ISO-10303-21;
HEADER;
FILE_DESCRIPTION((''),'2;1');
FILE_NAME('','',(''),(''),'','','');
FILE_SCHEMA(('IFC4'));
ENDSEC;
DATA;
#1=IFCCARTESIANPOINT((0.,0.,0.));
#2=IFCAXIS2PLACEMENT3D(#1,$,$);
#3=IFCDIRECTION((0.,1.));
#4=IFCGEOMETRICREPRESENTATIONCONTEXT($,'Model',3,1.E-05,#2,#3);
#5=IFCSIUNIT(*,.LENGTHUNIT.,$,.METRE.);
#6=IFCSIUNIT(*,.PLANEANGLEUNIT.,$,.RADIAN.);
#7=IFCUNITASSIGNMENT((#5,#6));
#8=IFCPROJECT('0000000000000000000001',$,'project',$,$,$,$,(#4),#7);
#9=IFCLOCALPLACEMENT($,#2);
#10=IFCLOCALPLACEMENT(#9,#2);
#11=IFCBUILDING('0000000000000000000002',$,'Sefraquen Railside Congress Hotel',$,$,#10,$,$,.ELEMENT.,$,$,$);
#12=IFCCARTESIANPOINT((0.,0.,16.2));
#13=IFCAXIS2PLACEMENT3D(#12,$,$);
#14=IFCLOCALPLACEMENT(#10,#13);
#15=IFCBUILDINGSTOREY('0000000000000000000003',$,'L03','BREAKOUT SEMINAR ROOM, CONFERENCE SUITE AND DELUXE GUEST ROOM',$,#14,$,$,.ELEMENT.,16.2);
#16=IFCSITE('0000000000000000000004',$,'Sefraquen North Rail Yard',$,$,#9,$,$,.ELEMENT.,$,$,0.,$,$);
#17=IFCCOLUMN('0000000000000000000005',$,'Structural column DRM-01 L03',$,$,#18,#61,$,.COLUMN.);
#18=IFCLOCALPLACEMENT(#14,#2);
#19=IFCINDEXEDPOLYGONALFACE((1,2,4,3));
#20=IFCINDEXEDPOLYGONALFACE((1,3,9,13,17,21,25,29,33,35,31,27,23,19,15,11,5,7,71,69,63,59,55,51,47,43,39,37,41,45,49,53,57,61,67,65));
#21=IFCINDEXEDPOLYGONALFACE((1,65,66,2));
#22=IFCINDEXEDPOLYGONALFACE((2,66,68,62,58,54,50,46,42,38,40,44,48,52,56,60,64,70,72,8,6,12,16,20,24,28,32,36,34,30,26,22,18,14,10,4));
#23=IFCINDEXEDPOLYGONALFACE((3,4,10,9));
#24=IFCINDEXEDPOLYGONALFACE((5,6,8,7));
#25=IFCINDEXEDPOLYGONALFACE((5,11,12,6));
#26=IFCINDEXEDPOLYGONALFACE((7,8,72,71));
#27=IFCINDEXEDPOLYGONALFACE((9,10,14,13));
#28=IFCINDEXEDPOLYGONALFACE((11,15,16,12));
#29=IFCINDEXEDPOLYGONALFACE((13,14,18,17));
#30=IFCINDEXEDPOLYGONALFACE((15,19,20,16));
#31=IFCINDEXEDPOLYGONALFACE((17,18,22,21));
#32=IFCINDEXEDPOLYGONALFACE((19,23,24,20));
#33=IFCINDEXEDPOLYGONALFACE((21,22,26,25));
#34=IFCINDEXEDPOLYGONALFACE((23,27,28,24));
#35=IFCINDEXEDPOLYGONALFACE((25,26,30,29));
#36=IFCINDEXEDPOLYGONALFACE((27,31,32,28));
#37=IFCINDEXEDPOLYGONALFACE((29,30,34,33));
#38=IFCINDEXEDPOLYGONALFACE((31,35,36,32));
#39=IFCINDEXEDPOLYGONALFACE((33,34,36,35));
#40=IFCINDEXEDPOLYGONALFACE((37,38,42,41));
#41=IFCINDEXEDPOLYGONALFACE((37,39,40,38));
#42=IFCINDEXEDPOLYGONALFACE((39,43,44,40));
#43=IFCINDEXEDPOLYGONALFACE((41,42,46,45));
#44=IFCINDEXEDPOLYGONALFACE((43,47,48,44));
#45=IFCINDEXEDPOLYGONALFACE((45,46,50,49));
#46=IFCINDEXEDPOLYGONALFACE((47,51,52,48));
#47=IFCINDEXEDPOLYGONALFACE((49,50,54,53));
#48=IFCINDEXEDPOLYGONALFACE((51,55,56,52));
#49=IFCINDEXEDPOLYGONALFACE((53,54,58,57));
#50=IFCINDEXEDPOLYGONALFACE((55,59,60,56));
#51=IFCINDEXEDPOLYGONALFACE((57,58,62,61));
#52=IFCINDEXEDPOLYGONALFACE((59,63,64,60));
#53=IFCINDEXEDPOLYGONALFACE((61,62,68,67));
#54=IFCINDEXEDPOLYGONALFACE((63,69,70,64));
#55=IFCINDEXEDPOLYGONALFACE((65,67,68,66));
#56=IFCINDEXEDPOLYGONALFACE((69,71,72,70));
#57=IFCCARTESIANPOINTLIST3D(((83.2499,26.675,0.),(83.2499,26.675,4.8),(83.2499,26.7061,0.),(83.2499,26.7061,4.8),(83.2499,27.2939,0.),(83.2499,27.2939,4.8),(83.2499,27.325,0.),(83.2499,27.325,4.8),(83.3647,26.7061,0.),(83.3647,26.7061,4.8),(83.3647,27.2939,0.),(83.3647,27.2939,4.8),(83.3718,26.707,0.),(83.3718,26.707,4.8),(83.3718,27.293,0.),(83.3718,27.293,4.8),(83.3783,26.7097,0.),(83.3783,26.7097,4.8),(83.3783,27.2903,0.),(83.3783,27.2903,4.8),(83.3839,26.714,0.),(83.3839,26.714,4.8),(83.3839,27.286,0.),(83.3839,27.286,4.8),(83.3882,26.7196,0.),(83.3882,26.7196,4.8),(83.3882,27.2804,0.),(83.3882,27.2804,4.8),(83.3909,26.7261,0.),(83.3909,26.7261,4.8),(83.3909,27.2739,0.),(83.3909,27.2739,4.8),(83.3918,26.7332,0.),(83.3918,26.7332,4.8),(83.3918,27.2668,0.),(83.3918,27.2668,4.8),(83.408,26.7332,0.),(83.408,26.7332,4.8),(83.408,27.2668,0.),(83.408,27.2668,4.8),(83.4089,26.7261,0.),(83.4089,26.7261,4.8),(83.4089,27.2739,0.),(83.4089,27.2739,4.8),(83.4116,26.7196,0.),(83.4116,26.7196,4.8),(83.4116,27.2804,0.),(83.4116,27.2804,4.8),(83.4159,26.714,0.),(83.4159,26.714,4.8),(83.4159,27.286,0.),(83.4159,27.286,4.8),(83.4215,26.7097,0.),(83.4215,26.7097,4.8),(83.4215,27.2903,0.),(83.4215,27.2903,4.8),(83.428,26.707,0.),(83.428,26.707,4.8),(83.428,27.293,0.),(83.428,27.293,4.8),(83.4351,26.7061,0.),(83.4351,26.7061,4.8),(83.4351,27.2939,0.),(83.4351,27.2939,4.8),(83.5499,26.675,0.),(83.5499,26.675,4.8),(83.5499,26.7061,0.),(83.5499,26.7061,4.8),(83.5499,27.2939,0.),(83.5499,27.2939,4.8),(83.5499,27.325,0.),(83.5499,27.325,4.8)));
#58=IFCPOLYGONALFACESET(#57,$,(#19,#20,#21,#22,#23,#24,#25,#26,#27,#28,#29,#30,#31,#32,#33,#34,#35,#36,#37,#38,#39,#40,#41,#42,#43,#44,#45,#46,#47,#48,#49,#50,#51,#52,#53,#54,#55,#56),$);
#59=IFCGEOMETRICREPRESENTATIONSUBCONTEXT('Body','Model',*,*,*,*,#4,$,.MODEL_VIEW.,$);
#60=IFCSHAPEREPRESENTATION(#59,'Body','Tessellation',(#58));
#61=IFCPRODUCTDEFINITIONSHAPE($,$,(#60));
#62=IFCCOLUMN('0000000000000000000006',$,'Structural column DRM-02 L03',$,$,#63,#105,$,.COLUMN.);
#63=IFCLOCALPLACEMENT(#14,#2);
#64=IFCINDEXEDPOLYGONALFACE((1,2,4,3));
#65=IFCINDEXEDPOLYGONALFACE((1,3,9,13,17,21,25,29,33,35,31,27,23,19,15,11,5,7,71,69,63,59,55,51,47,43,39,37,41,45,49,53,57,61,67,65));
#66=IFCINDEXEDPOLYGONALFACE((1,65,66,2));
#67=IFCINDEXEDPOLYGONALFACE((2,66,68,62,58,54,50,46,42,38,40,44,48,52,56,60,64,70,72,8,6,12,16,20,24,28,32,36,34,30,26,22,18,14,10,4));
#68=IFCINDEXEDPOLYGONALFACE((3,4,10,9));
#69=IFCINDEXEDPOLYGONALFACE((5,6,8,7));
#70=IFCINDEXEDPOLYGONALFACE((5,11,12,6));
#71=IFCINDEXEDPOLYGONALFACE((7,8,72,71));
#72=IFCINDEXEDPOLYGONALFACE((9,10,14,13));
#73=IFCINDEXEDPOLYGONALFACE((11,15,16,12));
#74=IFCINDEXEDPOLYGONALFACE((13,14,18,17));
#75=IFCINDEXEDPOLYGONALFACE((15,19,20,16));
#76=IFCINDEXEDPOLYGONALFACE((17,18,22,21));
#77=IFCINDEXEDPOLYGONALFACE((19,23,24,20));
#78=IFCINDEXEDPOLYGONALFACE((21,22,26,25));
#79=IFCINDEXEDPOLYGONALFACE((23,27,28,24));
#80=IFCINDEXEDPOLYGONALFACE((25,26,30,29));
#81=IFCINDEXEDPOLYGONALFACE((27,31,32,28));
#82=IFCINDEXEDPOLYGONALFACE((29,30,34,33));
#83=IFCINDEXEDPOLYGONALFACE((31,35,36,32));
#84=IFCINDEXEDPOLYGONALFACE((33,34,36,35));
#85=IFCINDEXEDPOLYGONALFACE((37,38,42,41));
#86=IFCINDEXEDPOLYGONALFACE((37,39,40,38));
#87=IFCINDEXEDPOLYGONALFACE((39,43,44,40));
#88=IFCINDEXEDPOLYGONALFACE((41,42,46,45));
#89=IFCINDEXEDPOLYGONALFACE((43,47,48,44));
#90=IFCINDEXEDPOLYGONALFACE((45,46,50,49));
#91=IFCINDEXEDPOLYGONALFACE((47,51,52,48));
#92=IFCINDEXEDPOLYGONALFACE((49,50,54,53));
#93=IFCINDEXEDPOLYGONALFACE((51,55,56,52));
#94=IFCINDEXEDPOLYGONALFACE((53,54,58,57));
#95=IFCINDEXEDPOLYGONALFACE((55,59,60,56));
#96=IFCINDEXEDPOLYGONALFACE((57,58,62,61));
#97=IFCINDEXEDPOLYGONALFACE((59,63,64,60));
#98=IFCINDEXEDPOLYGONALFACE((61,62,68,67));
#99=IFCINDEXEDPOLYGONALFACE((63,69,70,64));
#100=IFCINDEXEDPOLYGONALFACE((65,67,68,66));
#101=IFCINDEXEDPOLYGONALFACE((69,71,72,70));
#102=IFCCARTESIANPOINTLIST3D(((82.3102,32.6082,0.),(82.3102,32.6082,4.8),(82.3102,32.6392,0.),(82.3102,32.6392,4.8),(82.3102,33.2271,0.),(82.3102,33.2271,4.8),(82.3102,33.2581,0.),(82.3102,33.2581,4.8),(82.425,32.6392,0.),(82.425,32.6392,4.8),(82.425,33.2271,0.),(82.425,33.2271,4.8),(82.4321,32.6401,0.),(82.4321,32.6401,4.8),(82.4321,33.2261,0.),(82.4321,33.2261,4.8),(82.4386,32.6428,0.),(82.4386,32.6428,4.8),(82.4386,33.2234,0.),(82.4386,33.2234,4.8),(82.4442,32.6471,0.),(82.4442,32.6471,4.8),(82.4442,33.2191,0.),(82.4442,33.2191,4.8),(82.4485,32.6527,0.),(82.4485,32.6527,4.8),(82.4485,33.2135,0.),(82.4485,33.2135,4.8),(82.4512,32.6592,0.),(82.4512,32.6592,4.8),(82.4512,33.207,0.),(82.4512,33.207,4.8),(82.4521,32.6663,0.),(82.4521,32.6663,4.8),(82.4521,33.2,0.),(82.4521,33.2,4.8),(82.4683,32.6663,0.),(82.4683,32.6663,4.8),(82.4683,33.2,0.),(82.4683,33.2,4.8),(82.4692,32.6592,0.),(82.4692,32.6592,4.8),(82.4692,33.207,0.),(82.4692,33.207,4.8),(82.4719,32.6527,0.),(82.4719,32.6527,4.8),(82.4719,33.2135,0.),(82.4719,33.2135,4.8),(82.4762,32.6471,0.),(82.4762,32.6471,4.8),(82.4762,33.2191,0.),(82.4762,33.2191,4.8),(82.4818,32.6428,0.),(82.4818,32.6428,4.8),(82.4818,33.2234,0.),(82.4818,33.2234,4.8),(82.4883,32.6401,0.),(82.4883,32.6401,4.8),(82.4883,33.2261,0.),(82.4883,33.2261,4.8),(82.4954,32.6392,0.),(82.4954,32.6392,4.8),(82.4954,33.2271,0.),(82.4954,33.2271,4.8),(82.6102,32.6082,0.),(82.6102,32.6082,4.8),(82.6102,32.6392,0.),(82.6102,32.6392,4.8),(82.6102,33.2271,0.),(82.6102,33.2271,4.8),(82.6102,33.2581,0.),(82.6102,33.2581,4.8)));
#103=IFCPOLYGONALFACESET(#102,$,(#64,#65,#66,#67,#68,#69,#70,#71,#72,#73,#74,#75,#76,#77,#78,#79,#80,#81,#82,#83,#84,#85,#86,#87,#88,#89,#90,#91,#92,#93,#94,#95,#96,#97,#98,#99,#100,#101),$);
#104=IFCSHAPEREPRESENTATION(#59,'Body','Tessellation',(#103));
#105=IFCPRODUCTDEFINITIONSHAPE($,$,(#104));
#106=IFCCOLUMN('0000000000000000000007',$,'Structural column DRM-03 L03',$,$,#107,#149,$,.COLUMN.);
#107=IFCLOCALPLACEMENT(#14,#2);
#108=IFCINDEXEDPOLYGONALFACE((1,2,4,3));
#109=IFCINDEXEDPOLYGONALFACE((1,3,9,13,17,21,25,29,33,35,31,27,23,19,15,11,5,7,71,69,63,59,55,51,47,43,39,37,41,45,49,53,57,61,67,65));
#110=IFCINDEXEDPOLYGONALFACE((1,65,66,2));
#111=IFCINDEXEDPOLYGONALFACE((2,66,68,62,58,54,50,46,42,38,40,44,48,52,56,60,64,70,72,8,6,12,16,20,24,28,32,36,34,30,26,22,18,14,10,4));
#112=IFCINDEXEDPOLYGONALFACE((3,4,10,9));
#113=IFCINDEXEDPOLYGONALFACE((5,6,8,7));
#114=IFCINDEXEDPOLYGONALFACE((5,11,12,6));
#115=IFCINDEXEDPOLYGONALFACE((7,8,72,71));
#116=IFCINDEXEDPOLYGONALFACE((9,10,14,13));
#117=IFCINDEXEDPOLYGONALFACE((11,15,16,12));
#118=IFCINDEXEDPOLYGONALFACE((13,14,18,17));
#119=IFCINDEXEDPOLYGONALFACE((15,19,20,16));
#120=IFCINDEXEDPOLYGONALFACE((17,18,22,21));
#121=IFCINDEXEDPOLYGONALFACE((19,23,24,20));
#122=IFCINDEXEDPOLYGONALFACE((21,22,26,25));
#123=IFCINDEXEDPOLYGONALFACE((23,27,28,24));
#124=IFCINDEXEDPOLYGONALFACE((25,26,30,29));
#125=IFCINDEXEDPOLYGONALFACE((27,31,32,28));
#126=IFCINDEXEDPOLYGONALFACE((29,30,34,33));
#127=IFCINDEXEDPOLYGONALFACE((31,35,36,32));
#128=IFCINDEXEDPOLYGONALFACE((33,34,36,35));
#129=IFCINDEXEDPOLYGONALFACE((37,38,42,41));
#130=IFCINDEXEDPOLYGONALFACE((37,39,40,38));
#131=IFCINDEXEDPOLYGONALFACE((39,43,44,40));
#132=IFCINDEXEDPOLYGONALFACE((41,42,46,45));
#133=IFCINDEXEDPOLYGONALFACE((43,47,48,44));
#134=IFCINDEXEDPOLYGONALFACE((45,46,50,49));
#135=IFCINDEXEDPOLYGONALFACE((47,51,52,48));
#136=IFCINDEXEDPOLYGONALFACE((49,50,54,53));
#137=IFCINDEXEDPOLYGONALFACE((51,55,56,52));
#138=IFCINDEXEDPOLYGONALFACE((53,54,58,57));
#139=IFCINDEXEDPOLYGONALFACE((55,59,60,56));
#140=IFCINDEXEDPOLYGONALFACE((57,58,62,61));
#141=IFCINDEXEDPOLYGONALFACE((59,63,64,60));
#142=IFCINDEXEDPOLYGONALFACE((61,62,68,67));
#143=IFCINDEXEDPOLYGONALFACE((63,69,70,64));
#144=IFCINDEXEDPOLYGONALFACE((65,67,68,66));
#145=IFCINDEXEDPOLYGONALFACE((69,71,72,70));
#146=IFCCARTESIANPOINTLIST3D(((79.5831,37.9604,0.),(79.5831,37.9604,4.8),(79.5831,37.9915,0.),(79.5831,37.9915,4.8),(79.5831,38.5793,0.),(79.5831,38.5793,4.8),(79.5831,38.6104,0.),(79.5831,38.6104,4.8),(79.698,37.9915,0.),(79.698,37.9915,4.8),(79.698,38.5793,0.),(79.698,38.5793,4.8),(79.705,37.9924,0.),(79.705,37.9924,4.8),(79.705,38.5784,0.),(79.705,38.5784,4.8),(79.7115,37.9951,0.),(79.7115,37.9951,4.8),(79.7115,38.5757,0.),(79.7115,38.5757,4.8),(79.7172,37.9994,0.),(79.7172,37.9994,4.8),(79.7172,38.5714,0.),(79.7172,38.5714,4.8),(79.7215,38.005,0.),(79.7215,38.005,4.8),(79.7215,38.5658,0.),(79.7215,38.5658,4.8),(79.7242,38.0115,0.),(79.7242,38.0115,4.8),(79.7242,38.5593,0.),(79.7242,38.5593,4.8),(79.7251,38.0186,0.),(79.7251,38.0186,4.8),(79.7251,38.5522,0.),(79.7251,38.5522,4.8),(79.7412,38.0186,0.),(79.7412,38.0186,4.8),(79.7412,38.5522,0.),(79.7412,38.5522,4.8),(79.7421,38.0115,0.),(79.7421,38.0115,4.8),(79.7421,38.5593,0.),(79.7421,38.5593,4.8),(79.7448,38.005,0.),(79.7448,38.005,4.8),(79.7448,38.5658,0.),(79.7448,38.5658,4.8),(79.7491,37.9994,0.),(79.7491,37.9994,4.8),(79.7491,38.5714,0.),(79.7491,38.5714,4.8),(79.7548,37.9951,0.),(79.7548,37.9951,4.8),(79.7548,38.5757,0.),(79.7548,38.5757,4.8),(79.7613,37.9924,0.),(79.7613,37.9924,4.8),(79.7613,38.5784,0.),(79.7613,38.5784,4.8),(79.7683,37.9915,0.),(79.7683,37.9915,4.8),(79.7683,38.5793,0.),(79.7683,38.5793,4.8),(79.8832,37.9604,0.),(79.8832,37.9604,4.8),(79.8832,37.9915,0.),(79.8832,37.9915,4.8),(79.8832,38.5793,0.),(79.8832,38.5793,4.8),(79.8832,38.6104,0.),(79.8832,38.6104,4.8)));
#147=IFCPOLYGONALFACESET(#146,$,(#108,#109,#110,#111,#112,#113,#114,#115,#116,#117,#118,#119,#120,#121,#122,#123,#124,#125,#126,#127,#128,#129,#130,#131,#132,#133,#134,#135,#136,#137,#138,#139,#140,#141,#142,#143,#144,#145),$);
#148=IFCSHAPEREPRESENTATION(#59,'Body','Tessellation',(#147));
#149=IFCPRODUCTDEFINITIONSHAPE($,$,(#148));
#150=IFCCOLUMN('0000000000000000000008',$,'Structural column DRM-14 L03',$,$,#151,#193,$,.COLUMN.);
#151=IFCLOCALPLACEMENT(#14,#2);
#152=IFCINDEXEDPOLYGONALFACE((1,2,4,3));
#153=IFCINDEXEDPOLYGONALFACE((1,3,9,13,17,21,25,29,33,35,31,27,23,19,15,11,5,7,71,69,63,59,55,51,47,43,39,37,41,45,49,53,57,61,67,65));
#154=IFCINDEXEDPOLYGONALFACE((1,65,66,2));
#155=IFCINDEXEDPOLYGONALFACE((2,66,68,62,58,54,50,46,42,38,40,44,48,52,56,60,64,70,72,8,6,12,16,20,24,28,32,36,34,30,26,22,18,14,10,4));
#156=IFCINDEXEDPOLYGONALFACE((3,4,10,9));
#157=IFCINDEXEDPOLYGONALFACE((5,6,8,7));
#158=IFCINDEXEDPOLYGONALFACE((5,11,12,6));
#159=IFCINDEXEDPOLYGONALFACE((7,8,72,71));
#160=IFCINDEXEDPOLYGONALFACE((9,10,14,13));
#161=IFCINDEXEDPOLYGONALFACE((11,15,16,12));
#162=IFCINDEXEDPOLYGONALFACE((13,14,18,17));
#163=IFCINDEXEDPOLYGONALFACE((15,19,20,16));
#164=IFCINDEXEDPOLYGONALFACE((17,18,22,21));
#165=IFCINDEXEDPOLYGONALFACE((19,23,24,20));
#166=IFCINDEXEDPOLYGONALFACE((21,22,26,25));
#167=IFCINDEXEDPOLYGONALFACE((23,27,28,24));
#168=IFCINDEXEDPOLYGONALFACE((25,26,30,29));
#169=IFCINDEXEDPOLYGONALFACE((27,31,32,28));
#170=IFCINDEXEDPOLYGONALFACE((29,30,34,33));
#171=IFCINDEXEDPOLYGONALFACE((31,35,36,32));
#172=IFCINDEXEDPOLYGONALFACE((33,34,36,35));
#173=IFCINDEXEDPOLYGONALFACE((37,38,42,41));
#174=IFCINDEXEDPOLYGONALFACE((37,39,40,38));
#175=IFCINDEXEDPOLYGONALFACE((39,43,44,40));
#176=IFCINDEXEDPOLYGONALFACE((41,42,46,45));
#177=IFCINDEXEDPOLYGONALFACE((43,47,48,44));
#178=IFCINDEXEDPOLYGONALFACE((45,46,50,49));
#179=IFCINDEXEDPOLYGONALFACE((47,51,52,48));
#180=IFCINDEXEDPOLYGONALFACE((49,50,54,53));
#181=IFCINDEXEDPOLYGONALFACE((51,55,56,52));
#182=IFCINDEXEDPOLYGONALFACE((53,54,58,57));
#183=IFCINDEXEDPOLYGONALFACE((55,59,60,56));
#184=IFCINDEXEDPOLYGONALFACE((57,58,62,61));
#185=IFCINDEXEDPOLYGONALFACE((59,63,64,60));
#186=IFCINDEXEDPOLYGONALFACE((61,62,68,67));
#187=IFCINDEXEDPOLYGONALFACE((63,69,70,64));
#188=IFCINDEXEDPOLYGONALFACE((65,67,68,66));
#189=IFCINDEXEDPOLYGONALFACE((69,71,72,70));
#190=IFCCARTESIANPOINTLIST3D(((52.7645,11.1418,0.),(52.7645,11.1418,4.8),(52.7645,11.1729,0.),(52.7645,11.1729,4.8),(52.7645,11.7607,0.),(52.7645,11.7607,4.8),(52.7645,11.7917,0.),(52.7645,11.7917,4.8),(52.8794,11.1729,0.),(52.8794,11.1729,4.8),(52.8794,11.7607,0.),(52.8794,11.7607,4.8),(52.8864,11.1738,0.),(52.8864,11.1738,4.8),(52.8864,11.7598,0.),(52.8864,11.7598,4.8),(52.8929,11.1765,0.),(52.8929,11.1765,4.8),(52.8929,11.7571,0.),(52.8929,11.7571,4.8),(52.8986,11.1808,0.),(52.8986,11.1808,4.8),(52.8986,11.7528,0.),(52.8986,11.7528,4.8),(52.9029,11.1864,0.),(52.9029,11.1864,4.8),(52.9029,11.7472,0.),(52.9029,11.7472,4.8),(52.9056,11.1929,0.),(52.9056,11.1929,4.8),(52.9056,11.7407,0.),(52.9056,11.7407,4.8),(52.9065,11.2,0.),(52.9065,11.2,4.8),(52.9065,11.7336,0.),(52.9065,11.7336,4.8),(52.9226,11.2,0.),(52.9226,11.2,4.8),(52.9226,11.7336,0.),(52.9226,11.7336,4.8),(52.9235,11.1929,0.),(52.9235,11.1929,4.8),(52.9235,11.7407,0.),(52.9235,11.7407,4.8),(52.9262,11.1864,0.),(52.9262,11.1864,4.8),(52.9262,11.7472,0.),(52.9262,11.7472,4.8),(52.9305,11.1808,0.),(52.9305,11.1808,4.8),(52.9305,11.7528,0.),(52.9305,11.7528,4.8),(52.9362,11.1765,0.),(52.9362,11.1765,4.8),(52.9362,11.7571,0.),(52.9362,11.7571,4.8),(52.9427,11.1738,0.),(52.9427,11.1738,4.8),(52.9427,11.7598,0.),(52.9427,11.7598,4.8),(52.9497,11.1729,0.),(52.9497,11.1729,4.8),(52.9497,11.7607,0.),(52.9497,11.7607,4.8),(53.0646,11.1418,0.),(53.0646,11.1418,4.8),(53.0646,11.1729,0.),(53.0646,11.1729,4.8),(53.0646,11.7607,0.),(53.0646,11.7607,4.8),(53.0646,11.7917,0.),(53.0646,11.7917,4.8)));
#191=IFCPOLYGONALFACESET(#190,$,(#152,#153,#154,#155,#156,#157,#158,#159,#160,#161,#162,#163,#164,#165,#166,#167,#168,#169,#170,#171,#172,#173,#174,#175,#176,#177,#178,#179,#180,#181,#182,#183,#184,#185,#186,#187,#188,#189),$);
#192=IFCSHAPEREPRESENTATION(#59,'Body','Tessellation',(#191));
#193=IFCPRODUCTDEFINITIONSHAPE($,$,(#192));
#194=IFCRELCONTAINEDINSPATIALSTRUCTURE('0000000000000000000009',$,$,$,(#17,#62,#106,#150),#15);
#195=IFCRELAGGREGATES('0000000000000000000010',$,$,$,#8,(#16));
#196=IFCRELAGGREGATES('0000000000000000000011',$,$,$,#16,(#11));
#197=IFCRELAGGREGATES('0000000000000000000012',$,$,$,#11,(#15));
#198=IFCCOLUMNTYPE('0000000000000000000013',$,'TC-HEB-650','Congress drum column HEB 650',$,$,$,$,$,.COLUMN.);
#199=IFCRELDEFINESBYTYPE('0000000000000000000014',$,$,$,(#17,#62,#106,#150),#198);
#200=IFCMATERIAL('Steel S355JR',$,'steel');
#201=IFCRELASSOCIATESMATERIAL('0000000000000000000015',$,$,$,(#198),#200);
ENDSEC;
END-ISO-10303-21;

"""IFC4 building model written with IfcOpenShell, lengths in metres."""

from ifc_helpers import new_model, si_unit, direction, frame, origin, origin_2d, place, context, subcontext, project, spatial, i_section, extrude, material, material_profile, profile_set, type_object, element, save


model = new_model("IFC4")

# Units and contexts
model_context = context("Model", 3, precision=1e-05, world=origin(), true_north=direction((0.0, 1.0)))
body_context = subcontext(model_context, "Body", "Model", "MODEL_VIEW")
ifc_project = project(units=[si_unit("LENGTHUNIT", "METRE"), si_unit("PLANEANGLEUNIT", "RADIAN")], contexts=[model_context])

# Site, building, storey
site_placement = place(None, origin())
site = spatial("IfcSite", under=ifc_project, at=site_placement, Name="Sefraquen North Rail Yard", CompositionType="ELEMENT", RefElevation=0.0)
building_placement = place(site_placement, origin())
building = spatial("IfcBuilding", under=site, at=building_placement, Name="Sefraquen Railside Congress Hotel", CompositionType="ELEMENT")
storey_placement = place(building_placement, frame((0.0, 0.0, 16.2)))
storey = spatial("IfcBuildingStorey", under=building, at=storey_placement, Name="L03", Description="BREAKOUT SEMINAR ROOM, CONFERENCE SUITE AND DELUXE GUEST ROOM", CompositionType="ELEMENT", Elevation=16.2)

# Columns
ifc_material_1 = material(Name="Steel S355JR", Category="steel")
ifc_material_profile_1 = material_profile(ifc_material_1, i_section(OverallWidth=0.3, OverallDepth=0.6499, WebThickness=0.0161, FlangeThickness=0.031, FilletRadius=0.0271, at=origin_2d()), Name="HEB 650")
ifc_profile_set_1 = profile_set([ifc_material_profile_1], Name="Steel S355JR")
column_type = type_object("IfcColumnType", Name="TC-HEB-650", Description="Congress drum column HEB 650", PredefinedType="COLUMN", material=ifc_profile_set_1)
for number, where, z_axis, x_axis, name in (
    (1, (83.3999, 27.0, 0.0), (0.0, 0.0, 1.0), (1.0, 0.0, 0.0), "Structural column DRM-01 L03"),
    (2, (82.4602, 32.9331, 0.0), (0.0, 0.0, 1.0), (1.0, 0.0, 0.0), "Structural column DRM-02 L03"),
    (3, (79.7332, 38.2854, 0.0), (0.0, 0.0, 1.0), (1.0, 0.0, 0.0), "Structural column DRM-03 L03"),
    (4, (52.9146, 11.4668, 0.0), (0.0, 0.0, 1.0), (1.0, 0.0, 0.0), "Structural column DRM-14 L03"),
):
    element("IfcColumn", number, at=place(storey_placement, frame(where, z_axis=z_axis, x_axis=x_axis)), inside=storey, type_object=column_type, Name=name, PredefinedType="COLUMN", context=body_context, shape_type="SweptSolid", body=[
        extrude(i_section(OverallWidth=0.3, OverallDepth=0.6499, WebThickness=0.0161, FlangeThickness=0.031, FilletRadius=0.0271, at=origin_2d()), origin(), (0.0, 0.0, 1.0), 4.8),
    ])

save(model, "model.ifc")
